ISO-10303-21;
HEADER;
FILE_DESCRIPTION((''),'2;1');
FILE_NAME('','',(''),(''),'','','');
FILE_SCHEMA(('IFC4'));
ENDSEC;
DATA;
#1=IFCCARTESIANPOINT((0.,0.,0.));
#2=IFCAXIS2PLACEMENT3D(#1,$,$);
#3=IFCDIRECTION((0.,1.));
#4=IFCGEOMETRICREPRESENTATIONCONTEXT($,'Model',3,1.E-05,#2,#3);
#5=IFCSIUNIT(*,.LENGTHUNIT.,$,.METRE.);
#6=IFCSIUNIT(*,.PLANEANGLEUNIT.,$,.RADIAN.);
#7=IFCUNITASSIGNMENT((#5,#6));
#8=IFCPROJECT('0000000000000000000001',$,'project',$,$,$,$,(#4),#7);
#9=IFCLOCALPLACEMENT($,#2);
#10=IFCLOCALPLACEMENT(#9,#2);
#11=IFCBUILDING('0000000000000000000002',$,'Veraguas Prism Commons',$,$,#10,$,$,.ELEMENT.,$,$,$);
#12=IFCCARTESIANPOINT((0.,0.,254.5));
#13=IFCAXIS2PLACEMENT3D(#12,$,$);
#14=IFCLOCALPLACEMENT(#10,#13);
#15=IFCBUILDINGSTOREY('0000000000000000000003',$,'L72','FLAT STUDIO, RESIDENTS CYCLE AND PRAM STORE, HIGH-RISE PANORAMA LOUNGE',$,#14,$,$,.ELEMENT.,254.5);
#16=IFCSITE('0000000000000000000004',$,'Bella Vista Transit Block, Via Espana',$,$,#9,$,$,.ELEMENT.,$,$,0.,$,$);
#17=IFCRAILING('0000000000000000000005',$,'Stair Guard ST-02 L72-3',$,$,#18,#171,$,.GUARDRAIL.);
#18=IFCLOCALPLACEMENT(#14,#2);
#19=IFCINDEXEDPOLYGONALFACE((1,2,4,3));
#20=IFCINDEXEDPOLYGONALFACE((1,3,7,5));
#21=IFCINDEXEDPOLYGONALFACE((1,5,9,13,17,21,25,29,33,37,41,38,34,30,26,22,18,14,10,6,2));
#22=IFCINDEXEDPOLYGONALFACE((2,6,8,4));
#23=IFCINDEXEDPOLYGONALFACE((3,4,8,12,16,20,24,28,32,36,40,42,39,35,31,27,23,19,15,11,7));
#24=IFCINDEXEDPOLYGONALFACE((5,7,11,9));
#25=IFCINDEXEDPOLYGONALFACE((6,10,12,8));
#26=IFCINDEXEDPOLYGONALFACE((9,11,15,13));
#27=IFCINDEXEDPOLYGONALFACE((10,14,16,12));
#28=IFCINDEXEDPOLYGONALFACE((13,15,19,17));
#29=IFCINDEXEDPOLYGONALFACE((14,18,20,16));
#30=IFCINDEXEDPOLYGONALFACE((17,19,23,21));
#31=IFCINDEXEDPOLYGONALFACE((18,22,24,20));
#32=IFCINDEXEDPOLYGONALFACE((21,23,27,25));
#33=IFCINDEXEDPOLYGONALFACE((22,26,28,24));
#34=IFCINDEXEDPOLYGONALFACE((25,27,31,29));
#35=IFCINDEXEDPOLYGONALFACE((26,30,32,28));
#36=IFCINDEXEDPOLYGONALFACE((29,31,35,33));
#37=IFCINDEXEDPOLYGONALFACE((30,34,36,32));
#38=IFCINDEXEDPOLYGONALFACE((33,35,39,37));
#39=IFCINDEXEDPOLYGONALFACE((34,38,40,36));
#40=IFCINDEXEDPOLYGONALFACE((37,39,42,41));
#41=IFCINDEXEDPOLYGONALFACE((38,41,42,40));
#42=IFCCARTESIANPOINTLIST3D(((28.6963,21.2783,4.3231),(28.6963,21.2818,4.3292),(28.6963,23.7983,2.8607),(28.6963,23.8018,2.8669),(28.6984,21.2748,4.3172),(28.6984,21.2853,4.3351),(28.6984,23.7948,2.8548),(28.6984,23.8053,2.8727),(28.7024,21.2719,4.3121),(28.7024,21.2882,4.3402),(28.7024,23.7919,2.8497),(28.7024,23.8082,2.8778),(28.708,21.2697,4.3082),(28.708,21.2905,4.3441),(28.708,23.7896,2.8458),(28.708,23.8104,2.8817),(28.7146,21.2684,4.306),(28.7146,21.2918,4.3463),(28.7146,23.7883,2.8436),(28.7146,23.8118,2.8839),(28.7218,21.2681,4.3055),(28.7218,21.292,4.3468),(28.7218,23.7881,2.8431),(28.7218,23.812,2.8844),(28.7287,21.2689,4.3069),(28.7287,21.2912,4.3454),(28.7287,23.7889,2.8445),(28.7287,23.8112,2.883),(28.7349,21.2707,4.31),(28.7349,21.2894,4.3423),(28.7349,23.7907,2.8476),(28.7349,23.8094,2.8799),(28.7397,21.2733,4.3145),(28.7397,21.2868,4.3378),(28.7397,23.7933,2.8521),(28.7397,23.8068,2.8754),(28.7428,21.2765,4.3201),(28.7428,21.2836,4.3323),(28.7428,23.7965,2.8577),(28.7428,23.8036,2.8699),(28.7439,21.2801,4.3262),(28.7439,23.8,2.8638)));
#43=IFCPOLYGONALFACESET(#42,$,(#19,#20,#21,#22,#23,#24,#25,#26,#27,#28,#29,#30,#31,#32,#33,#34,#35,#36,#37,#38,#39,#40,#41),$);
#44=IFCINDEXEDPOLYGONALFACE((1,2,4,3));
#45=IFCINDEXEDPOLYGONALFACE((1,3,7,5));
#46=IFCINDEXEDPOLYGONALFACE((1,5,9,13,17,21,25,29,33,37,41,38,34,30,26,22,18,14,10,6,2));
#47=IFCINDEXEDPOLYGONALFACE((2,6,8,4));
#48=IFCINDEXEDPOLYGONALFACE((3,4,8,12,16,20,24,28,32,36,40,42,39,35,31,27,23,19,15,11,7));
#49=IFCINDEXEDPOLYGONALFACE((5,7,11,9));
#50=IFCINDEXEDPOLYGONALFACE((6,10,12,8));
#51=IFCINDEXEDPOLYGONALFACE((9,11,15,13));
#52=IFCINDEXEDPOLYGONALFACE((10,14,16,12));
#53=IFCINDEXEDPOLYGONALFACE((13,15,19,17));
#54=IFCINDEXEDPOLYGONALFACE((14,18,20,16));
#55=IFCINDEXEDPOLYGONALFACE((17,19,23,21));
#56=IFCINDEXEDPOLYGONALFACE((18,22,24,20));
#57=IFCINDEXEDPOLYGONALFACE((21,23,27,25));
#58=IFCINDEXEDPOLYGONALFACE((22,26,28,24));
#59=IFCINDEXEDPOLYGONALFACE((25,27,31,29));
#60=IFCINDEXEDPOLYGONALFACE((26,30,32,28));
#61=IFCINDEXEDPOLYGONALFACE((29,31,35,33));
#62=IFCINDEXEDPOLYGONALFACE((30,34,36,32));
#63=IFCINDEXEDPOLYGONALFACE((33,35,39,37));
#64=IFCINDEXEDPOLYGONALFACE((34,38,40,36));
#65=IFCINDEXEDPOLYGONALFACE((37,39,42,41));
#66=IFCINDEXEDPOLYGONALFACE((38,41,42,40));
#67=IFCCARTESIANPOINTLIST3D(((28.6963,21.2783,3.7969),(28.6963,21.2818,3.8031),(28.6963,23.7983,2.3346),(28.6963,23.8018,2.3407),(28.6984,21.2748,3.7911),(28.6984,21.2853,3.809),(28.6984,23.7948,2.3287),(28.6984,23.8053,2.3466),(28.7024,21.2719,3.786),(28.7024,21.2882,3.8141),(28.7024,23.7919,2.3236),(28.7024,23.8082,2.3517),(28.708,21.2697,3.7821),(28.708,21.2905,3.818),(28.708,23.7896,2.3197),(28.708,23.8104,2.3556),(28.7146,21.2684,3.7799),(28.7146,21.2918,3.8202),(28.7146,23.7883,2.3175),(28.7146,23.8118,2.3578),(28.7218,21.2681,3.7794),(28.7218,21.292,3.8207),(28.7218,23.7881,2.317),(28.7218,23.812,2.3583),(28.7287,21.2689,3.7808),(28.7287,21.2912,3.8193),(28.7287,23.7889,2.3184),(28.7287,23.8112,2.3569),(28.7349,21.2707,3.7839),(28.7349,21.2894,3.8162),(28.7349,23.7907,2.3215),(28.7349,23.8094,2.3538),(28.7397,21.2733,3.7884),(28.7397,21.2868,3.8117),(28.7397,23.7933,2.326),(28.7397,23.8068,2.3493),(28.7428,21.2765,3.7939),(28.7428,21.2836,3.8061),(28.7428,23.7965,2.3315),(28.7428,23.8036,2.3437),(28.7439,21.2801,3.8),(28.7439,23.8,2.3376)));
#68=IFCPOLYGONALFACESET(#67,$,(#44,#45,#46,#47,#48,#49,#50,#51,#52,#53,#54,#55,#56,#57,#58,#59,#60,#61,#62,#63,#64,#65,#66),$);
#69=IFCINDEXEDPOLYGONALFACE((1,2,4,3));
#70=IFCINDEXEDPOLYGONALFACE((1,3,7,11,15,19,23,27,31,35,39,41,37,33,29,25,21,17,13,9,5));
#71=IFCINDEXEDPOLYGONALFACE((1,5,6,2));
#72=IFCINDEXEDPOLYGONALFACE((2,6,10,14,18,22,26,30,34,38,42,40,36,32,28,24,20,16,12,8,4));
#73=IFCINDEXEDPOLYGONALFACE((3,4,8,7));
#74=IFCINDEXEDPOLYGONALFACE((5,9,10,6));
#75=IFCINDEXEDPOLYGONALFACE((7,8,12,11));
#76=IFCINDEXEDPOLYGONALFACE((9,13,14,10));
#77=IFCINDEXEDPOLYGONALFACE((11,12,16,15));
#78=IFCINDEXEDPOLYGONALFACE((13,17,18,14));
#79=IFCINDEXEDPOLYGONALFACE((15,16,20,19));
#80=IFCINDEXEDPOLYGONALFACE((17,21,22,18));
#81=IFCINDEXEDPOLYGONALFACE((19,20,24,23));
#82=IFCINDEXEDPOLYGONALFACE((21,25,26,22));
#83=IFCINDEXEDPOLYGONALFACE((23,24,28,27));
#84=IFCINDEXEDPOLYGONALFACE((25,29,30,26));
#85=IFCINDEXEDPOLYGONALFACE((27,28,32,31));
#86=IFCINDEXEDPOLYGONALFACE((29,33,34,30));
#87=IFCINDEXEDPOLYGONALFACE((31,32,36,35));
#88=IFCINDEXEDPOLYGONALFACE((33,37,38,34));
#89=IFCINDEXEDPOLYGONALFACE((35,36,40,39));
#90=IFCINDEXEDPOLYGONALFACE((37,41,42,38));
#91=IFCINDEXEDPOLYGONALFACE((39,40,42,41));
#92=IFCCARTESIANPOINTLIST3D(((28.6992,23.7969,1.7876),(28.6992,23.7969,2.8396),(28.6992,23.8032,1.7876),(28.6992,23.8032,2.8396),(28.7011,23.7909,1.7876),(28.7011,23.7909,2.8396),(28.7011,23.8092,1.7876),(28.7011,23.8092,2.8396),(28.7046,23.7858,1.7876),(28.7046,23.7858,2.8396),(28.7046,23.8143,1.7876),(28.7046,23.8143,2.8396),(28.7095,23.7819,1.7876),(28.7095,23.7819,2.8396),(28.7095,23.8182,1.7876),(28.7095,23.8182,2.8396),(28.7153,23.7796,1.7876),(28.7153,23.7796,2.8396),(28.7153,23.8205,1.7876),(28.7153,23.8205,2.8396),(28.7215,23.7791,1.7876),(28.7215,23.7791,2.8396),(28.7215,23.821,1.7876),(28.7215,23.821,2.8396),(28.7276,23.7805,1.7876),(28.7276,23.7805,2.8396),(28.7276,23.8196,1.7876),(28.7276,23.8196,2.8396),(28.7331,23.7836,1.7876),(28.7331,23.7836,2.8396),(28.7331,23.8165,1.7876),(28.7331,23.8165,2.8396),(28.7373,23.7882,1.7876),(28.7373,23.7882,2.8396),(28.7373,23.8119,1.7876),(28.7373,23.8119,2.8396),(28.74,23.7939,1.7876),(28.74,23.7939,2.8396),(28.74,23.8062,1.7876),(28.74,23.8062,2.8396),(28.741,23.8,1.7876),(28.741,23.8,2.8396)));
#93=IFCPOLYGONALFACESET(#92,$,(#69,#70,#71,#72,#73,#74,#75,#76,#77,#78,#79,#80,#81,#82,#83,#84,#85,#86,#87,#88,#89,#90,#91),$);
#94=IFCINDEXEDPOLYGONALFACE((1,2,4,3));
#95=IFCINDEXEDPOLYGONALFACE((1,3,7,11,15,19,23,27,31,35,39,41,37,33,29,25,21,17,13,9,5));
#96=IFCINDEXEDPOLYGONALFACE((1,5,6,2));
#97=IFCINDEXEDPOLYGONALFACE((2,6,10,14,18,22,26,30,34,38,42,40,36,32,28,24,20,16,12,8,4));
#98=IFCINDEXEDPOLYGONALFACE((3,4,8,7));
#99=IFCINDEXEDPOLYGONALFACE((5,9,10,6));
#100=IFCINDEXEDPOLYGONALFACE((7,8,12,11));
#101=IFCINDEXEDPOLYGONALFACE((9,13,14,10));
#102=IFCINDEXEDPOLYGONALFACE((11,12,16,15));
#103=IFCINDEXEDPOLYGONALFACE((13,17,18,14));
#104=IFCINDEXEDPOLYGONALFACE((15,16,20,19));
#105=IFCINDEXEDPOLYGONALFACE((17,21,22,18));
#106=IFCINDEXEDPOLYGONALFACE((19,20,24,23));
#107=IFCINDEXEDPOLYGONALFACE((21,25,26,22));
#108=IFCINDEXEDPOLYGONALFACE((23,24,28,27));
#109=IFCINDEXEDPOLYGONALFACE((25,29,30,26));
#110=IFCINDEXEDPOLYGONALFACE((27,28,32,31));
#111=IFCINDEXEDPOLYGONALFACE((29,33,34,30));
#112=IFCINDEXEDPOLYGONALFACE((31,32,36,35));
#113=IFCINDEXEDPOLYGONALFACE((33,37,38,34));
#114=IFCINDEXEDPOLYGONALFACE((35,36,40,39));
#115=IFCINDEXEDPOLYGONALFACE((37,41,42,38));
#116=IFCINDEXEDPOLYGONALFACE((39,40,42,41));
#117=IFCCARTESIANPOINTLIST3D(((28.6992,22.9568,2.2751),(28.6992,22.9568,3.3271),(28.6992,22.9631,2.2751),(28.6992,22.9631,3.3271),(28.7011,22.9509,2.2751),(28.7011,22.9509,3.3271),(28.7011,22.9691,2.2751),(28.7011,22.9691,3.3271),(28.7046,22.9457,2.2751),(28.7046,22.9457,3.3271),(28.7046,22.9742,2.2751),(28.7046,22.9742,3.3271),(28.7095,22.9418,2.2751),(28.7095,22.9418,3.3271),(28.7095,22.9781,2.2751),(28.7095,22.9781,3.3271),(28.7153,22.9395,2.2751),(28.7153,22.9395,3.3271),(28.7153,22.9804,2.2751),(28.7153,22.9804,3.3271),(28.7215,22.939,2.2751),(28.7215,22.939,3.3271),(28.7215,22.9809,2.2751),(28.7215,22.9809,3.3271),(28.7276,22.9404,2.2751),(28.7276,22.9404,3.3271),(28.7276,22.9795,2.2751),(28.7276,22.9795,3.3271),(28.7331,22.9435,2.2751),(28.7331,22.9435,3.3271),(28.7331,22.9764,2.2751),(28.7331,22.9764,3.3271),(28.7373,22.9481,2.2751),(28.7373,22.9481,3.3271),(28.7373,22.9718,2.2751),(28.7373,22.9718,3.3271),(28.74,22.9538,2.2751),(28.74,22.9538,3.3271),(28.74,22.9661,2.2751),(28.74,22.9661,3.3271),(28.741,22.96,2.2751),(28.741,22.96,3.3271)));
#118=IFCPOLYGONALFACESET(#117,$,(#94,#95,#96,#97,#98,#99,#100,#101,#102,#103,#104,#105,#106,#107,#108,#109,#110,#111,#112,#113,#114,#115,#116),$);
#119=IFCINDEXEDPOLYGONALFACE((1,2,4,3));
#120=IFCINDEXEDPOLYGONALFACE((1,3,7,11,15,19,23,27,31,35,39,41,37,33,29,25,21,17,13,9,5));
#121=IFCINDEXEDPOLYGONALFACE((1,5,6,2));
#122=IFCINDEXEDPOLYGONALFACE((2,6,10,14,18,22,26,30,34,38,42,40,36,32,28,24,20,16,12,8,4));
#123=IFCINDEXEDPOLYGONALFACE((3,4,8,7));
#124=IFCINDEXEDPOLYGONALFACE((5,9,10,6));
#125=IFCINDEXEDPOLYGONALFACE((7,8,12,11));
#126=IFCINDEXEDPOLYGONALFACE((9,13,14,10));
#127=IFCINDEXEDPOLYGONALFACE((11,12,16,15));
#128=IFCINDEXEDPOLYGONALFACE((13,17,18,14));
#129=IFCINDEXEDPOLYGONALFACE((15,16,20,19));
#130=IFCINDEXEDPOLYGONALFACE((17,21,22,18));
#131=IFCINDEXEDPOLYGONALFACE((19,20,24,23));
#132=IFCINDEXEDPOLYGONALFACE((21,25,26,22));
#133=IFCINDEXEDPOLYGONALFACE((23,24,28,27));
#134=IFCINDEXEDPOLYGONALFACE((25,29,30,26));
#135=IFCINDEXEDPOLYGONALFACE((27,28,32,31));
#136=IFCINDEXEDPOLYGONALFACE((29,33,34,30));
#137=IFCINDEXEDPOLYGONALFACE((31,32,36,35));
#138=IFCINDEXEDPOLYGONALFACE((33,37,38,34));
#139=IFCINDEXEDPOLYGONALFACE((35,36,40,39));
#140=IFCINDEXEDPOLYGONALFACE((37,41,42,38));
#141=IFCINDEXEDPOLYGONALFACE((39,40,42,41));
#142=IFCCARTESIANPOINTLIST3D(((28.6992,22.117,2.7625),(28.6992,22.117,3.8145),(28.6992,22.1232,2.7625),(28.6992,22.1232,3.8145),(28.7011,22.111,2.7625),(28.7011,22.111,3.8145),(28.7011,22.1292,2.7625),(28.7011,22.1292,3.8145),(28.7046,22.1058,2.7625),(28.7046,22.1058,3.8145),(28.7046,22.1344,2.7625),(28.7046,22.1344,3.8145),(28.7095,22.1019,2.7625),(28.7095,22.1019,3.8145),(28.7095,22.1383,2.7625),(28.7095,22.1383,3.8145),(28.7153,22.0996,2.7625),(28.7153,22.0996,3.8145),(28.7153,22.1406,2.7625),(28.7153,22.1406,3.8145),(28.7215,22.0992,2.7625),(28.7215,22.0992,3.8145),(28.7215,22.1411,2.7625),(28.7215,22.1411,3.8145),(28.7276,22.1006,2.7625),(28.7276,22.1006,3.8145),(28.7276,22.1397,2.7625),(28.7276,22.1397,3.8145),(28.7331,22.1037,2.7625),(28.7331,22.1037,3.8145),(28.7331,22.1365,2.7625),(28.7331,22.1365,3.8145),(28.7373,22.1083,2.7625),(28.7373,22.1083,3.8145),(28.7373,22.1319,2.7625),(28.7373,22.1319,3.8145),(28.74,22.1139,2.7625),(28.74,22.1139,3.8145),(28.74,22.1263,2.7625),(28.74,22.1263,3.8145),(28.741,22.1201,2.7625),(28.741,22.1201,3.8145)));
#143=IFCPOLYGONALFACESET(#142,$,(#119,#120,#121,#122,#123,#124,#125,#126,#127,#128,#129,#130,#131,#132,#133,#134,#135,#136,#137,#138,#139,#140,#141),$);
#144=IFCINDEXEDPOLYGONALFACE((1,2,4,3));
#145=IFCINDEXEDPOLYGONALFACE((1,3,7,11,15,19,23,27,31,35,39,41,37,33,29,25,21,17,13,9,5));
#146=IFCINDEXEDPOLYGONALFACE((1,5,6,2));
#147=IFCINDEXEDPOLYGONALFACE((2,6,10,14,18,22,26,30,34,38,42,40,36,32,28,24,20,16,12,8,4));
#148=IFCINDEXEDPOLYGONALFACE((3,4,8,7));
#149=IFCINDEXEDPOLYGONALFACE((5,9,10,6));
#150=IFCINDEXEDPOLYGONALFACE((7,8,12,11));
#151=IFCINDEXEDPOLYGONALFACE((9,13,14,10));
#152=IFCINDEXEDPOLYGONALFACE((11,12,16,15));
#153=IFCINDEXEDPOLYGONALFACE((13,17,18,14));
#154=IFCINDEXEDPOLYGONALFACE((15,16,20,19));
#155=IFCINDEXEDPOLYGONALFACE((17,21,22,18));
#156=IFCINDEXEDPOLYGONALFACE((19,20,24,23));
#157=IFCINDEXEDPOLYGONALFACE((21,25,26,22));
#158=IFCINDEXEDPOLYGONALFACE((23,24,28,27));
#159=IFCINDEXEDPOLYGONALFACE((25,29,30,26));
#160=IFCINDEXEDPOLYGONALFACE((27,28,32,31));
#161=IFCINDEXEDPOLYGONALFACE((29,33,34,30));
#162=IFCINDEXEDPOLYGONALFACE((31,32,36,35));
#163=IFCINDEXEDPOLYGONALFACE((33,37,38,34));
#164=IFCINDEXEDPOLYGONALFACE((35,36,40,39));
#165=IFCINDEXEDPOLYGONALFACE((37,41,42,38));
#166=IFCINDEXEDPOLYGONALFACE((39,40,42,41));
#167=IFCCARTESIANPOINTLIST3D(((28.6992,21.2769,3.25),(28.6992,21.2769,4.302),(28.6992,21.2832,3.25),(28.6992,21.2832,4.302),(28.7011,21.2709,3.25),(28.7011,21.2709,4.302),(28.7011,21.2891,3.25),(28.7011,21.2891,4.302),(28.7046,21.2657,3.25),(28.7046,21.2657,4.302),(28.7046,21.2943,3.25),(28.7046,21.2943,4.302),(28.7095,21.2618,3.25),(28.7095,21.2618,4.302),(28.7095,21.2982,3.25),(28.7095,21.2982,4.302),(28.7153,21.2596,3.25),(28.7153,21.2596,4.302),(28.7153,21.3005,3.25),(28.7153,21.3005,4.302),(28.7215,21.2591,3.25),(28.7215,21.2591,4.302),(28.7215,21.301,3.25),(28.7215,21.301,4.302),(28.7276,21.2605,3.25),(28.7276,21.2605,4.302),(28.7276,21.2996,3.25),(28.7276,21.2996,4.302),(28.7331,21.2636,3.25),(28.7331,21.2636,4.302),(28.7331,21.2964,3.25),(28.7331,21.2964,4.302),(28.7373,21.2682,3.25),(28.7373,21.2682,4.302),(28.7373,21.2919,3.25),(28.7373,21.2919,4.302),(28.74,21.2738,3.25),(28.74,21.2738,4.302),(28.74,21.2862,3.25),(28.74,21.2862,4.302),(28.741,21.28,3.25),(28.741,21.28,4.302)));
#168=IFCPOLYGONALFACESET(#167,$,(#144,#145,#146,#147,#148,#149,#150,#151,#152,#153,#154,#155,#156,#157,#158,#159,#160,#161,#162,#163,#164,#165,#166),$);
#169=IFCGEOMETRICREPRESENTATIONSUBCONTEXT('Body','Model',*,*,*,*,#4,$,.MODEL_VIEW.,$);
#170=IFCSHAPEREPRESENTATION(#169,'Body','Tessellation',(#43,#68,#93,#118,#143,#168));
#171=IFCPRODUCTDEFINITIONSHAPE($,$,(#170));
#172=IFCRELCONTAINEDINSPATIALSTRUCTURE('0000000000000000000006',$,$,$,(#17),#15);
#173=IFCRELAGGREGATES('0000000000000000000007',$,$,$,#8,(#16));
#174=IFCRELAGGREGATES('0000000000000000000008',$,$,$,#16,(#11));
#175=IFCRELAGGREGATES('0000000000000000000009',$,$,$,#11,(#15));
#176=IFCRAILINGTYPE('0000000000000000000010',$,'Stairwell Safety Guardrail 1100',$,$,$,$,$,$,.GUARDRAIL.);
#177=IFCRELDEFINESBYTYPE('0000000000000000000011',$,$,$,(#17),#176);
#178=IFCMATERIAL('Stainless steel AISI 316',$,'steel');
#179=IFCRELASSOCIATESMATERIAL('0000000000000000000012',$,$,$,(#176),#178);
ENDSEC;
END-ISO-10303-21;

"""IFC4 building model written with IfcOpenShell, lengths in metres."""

from ifc_helpers import new_model, si_unit, direction, frame, origin, origin_2d, place, context, subcontext, project, spatial, circle, extrude, material, type_object, element, save


model = new_model("IFC4")

# Units and contexts
model_context = context("Model", 3, precision=1e-05, world=origin(), true_north=direction((0.0, 1.0)))
body_context = subcontext(model_context, "Body", "Model", "MODEL_VIEW")
ifc_project = project(units=[si_unit("LENGTHUNIT", "METRE"), si_unit("PLANEANGLEUNIT", "RADIAN")], contexts=[model_context])

# Site, building, storey
site_placement = place(None, origin())
site = spatial("IfcSite", under=ifc_project, at=site_placement, Name="Bella Vista Transit Block, Via Espana", CompositionType="ELEMENT", RefElevation=0.0)
building_placement = place(site_placement, origin())
building = spatial("IfcBuilding", under=site, at=building_placement, Name="Veraguas Prism Commons", CompositionType="ELEMENT")
storey_placement = place(building_placement, frame((0.0, 0.0, 254.5)))
storey = spatial("IfcBuildingStorey", under=building, at=storey_placement, Name="L72", Description="FLAT STUDIO, RESIDENTS CYCLE AND PRAM STORE, HIGH-RISE PANORAMA LOUNGE", CompositionType="ELEMENT", Elevation=254.5)

# Railing
ifc_material_1 = material(Name="Stainless steel AISI 316", Category="steel")
railing_type_1 = type_object("IfcRailingType", Name="Stairwell Safety Guardrail 1100", PredefinedType="GUARDRAIL", material=ifc_material_1)
railing_1_placement = place(storey_placement, frame((28.72, 23.8, 1.7876)))
element("IfcRailing", 1, at=railing_1_placement, inside=storey, type_object=railing_type_1, Name="Stair Guard ST-02 L72-3", PredefinedType="GUARDRAIL", context=body_context, shape_type="SweptSolid", body=[
    extrude(circle(Radius=0.0239, at=origin_2d()), frame((0.0, 0.0, 1.0762), z_axis=(0.0, -0.864913, 0.501921), x_axis=(1.0, 0.0, 0.0)), (0.0, 0.0, 1.0), 2.9136),
    extrude(circle(Radius=0.0239, at=origin_2d()), frame((0.0, 0.0, 0.55), z_axis=(0.0, -0.864913, 0.501921), x_axis=(1.0, 0.0, 0.0)), (0.0, 0.0, 1.0), 2.9136),
    extrude(circle(Radius=0.021, at=origin_2d()), origin(), (0.0, 0.0, 1.0), 1.052),
    extrude(circle(Radius=0.021, at=origin_2d()), frame((0.0, -0.8401, 0.4875)), (0.0, 0.0, 1.0), 1.052),
    extrude(circle(Radius=0.021, at=origin_2d()), frame((0.0, -1.6799, 0.9749)), (0.0, 0.0, 1.0), 1.052),
    extrude(circle(Radius=0.021, at=origin_2d()), frame((0.0, -2.52, 1.4624)), (0.0, 0.0, 1.0), 1.052),
])

save(model, "model.ifc")
